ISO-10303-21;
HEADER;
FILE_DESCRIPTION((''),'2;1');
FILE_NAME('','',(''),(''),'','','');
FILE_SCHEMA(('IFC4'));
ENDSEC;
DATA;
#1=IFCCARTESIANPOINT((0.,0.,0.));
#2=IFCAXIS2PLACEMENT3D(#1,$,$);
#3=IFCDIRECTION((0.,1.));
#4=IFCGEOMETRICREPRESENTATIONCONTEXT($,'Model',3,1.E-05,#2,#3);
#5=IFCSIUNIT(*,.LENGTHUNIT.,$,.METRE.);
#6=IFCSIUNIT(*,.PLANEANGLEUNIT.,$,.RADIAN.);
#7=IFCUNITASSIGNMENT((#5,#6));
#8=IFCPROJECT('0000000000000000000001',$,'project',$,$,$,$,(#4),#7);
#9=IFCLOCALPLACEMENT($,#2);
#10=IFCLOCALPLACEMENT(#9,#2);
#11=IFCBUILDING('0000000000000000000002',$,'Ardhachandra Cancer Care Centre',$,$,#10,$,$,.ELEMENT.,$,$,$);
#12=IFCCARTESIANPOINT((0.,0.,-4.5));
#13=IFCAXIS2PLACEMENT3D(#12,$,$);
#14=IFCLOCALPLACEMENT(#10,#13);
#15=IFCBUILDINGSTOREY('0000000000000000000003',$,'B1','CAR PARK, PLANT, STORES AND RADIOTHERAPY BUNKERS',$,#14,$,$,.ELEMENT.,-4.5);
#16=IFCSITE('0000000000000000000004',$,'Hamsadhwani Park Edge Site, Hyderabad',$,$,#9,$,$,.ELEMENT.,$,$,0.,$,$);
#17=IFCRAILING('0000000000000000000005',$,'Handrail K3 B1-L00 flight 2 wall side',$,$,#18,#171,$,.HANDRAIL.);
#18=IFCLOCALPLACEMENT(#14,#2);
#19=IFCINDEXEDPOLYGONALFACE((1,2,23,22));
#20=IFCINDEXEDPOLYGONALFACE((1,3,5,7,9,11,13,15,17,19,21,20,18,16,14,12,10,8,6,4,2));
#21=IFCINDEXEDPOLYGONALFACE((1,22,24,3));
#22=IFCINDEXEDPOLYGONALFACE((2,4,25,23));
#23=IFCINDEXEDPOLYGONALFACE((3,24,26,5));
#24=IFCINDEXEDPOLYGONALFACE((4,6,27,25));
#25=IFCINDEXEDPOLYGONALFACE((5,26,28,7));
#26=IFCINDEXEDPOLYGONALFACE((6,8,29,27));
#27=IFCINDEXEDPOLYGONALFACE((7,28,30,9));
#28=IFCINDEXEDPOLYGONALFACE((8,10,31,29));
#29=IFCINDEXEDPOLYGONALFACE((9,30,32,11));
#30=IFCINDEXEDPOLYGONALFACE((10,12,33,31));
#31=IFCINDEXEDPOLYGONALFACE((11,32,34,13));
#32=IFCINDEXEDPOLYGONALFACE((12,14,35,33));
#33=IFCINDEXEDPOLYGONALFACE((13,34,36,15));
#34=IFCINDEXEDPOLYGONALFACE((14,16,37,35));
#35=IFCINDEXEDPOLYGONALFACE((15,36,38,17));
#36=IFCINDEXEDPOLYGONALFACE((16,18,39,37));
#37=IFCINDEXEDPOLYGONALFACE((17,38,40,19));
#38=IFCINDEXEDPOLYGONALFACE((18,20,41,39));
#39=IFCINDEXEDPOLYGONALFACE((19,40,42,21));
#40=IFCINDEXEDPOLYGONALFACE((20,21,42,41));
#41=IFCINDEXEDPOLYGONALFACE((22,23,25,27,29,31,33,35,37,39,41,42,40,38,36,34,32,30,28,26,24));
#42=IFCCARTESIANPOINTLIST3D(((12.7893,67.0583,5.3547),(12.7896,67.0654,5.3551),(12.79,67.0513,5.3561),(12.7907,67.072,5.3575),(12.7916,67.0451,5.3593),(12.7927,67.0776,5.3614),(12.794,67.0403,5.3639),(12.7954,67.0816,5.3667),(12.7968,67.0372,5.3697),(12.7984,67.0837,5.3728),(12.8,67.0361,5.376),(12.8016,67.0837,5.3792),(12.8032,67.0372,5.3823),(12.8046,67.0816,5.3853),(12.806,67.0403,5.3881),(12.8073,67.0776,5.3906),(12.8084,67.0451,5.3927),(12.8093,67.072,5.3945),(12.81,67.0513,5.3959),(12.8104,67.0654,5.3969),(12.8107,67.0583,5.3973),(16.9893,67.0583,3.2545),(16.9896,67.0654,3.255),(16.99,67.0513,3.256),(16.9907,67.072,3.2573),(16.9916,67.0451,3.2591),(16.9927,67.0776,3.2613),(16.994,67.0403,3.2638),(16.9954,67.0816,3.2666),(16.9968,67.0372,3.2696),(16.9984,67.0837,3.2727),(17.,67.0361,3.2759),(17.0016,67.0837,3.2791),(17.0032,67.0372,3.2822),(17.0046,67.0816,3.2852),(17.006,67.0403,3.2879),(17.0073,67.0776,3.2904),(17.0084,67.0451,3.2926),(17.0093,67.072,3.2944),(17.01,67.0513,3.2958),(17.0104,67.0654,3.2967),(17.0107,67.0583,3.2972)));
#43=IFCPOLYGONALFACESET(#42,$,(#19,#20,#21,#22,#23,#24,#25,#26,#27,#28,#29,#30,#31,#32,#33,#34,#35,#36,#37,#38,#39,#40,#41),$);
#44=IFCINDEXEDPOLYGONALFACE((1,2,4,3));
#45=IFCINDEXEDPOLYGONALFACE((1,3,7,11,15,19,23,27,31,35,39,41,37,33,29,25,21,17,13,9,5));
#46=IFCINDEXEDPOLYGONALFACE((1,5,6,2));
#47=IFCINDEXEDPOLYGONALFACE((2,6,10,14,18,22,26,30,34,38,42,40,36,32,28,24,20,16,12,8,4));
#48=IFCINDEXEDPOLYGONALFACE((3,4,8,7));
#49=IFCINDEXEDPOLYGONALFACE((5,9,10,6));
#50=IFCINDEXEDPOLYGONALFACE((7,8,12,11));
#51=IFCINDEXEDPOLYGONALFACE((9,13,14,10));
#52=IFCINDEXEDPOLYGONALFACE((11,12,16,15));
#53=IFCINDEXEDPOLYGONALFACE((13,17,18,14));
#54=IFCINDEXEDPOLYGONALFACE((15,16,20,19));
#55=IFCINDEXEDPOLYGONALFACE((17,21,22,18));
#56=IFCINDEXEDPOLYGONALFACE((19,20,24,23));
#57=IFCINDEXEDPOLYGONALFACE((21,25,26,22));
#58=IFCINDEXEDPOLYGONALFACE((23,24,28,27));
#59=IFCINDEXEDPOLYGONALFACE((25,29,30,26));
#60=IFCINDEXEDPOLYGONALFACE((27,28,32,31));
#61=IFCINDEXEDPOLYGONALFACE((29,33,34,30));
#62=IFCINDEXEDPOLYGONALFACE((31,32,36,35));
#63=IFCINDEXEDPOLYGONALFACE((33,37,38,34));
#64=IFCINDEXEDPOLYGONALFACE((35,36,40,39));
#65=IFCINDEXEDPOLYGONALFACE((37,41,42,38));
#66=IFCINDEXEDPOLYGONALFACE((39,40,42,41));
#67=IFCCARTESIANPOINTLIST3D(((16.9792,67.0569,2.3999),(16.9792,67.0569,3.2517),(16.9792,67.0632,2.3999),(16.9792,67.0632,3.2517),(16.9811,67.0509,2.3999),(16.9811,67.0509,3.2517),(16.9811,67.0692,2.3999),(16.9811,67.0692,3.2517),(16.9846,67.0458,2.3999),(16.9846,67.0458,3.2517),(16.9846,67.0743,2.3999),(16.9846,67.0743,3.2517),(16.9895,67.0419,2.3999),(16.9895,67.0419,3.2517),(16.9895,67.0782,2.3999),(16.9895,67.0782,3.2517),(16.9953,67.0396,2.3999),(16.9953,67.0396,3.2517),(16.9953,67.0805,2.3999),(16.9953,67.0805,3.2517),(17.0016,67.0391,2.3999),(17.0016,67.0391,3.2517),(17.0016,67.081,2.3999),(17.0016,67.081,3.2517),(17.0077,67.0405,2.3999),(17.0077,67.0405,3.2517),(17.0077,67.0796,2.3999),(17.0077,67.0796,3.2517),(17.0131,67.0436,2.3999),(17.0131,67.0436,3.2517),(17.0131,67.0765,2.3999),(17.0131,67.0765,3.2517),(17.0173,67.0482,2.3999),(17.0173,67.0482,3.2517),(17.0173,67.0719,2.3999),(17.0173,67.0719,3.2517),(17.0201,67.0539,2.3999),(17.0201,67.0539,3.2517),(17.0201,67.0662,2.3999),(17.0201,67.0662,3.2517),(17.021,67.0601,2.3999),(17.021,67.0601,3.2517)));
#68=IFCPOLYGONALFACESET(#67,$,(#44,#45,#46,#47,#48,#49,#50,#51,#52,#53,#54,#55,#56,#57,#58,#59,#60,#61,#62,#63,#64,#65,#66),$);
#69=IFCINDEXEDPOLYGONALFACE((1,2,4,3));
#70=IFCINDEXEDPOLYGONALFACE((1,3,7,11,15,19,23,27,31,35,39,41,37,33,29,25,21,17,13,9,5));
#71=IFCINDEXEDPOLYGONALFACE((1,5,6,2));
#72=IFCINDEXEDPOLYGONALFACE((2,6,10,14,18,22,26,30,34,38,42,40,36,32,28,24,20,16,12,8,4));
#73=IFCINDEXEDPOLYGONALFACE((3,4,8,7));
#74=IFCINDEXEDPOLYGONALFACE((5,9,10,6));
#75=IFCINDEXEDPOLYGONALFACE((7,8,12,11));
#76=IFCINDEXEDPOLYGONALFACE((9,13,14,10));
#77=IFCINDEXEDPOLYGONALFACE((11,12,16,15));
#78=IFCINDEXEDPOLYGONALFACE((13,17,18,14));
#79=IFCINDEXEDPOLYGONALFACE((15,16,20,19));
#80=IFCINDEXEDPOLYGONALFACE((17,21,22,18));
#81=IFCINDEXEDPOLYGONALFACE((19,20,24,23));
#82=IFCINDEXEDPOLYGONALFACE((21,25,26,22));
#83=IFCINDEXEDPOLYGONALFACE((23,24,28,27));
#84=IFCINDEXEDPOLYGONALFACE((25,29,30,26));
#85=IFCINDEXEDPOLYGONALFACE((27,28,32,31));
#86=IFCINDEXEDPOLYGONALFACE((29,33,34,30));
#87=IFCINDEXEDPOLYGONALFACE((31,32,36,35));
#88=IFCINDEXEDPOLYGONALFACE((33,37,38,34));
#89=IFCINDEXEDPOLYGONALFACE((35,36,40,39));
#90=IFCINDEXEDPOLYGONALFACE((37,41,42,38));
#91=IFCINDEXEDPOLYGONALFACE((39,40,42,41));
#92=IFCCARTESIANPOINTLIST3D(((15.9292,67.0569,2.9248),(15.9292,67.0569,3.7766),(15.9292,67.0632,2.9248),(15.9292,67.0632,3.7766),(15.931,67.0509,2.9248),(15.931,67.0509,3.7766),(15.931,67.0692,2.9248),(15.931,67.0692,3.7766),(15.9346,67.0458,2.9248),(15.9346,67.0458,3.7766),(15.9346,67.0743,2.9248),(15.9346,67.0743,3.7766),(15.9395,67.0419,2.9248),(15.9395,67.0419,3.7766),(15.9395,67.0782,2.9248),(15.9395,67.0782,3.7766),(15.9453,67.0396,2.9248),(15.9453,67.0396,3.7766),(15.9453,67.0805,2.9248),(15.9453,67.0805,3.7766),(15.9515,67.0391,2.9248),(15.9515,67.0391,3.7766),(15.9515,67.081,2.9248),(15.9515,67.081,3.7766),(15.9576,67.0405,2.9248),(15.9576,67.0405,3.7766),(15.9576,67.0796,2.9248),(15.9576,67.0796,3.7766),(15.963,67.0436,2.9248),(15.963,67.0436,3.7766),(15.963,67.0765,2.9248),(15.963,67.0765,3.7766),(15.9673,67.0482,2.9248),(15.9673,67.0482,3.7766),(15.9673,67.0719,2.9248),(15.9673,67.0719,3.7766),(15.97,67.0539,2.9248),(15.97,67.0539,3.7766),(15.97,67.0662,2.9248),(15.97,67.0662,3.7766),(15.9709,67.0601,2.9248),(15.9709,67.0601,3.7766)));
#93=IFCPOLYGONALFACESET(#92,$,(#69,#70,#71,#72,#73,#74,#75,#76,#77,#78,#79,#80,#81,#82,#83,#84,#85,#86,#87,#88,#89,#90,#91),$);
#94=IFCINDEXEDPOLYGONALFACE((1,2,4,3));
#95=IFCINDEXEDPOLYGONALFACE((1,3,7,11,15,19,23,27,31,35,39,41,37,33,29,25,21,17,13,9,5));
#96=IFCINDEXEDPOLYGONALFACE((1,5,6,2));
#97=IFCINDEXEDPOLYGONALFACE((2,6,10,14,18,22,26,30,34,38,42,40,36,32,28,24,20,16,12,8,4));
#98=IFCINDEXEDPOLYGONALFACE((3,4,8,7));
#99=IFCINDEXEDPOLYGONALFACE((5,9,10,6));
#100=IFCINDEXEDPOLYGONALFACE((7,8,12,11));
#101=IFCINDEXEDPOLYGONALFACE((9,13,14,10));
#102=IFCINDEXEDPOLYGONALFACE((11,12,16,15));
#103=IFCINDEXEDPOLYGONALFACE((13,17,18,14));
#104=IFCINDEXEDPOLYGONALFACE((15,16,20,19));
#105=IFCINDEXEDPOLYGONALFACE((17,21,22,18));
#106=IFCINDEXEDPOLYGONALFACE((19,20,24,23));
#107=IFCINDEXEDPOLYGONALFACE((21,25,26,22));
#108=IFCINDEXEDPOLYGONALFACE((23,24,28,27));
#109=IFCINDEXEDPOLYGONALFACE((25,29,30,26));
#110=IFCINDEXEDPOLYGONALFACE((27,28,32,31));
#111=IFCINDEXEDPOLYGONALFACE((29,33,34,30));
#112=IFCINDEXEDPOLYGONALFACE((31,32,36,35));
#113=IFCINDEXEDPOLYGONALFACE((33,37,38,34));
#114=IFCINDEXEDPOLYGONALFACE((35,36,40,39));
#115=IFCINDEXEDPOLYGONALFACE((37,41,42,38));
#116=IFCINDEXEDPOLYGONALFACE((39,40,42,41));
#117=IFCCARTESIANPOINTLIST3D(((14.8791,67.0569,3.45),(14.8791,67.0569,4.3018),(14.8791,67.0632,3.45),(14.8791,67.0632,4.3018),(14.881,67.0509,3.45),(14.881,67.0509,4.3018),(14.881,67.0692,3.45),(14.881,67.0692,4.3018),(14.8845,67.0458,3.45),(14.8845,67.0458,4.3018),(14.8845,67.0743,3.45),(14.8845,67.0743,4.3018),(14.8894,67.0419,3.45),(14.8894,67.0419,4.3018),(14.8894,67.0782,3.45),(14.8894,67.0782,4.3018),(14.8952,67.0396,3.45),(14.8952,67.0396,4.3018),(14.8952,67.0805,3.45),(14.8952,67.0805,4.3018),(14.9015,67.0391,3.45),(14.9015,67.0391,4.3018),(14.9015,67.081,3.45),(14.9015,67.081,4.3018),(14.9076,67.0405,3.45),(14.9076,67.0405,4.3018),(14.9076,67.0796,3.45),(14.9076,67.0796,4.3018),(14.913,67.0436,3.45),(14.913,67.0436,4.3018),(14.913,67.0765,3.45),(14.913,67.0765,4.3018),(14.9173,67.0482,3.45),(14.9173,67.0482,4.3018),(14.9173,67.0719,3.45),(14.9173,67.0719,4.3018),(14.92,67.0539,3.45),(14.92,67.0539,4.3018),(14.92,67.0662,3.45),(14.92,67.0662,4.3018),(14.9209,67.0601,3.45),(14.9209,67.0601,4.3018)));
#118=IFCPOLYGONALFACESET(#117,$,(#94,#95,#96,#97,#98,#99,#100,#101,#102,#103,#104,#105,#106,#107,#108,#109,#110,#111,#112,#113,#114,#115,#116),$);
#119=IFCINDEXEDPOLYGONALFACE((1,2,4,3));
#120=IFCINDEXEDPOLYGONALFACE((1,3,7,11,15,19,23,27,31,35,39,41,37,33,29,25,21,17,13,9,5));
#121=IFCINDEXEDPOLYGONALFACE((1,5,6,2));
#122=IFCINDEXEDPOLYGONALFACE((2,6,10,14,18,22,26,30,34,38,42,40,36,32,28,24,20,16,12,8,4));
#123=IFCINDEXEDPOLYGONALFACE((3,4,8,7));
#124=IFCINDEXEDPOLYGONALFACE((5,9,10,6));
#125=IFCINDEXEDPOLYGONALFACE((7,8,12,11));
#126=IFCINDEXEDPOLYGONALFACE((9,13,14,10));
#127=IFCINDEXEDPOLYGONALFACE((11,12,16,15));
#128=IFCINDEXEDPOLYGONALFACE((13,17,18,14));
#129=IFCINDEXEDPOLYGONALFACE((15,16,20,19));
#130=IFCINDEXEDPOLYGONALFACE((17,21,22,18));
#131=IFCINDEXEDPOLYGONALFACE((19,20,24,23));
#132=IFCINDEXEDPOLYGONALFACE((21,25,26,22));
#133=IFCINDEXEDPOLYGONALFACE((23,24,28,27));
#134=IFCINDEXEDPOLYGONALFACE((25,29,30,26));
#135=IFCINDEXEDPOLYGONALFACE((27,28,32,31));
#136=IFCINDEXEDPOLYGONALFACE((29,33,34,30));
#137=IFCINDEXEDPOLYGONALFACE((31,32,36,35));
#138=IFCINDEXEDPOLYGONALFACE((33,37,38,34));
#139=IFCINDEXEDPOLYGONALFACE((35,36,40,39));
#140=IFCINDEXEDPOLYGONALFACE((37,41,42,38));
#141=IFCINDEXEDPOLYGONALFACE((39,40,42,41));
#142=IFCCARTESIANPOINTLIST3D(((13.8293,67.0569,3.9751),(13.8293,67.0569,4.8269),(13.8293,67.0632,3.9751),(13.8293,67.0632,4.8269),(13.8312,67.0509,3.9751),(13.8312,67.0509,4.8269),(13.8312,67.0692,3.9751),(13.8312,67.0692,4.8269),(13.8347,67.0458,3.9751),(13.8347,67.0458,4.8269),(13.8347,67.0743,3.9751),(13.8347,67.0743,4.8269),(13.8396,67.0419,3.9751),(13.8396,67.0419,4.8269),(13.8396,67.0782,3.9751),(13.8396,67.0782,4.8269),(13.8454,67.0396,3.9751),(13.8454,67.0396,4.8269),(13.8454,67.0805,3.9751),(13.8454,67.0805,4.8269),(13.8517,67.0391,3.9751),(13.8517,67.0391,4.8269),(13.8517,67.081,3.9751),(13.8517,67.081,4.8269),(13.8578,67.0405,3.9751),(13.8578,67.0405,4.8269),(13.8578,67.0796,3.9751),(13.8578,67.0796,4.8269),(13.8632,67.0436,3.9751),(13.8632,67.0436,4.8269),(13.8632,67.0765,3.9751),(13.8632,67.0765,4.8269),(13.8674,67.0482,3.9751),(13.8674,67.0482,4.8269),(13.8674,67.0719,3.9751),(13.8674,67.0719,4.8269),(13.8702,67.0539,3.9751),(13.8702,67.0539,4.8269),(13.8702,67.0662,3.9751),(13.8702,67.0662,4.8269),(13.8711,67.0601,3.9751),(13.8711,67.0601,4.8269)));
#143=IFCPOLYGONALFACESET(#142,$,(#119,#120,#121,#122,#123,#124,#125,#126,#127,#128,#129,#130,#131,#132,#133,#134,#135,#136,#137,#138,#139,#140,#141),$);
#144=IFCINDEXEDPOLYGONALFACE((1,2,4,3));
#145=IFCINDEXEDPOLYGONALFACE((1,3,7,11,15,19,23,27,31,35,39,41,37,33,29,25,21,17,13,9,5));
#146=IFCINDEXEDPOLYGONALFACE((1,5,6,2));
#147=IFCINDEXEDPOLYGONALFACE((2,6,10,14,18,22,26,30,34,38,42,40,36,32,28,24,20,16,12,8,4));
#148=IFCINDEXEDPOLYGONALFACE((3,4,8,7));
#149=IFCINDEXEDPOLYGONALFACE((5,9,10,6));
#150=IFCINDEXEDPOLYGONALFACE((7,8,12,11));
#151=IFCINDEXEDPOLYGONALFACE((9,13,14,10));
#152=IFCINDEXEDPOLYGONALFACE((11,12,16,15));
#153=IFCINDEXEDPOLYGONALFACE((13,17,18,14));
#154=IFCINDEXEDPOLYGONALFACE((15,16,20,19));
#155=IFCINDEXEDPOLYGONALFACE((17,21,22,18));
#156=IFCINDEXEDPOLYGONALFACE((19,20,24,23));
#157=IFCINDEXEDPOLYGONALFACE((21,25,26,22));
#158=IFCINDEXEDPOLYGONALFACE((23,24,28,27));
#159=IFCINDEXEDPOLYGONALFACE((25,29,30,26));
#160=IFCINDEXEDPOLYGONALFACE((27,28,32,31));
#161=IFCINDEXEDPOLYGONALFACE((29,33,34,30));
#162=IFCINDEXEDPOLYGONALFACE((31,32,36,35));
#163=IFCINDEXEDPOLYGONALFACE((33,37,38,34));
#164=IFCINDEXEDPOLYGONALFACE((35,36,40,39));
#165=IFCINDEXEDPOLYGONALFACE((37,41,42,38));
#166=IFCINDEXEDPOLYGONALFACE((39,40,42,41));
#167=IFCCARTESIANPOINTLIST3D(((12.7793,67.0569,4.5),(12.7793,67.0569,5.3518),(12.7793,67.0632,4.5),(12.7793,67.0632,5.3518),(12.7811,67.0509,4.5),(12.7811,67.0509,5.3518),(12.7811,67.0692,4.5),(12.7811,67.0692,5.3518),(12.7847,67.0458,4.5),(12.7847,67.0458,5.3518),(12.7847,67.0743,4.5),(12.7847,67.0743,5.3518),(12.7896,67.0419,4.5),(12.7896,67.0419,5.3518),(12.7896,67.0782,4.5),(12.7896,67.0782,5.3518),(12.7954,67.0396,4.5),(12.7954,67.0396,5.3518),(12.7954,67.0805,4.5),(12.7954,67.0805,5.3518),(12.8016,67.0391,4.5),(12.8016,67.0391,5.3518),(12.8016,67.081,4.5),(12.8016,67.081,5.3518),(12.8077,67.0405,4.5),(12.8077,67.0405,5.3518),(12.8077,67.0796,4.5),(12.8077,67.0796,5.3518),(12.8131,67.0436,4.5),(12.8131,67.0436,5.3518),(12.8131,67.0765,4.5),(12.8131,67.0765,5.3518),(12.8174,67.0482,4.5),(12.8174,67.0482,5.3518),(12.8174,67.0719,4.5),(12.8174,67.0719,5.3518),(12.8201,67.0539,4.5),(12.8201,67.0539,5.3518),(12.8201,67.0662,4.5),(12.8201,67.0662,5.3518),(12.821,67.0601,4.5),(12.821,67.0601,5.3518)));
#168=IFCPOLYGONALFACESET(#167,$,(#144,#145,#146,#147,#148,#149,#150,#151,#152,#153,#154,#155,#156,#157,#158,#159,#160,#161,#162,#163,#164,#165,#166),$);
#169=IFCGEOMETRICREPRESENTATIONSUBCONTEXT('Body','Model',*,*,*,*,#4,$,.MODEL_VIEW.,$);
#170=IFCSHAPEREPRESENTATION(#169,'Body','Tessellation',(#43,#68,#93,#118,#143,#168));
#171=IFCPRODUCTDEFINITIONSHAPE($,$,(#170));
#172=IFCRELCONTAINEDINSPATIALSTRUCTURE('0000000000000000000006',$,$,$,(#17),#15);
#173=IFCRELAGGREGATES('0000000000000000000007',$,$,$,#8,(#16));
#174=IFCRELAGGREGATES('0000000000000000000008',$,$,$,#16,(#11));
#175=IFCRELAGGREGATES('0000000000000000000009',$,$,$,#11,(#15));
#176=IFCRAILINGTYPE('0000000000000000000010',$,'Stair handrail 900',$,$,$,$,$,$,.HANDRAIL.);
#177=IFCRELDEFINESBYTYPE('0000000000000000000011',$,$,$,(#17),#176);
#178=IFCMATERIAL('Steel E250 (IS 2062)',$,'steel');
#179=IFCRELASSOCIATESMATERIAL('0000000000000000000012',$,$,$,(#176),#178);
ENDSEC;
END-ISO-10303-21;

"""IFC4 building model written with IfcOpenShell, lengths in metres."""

from ifc_helpers import new_model, si_unit, direction, frame, origin, origin_2d, place, context, subcontext, project, spatial, circle, extrude, material, type_object, element, save


model = new_model("IFC4")

# Units and contexts
model_context = context("Model", 3, precision=1e-05, world=origin(), true_north=direction((0.0, 1.0)))
body_context = subcontext(model_context, "Body", "Model", "MODEL_VIEW")
ifc_project = project(units=[si_unit("LENGTHUNIT", "METRE"), si_unit("PLANEANGLEUNIT", "RADIAN")], contexts=[model_context])

# Site, building, storey
site_placement = place(None, origin())
site = spatial("IfcSite", under=ifc_project, at=site_placement, Name="Hamsadhwani Park Edge Site, Hyderabad", CompositionType="ELEMENT", RefElevation=0.0)
building_placement = place(site_placement, origin())
building = spatial("IfcBuilding", under=site, at=building_placement, Name="Ardhachandra Cancer Care Centre", CompositionType="ELEMENT")
storey_placement = place(building_placement, frame((0.0, 0.0, -4.5)))
storey = spatial("IfcBuildingStorey", under=building, at=storey_placement, Name="B1", Description="CAR PARK, PLANT, STORES AND RADIOTHERAPY BUNKERS", CompositionType="ELEMENT", Elevation=-4.5)

# Railing
ifc_material_1 = material(Name="Steel E250 (IS 2062)", Category="steel")
railing_type = type_object("IfcRailingType", Name="Stair handrail 900", PredefinedType="HANDRAIL", material=ifc_material_1)
for number, where, name in (
    (1, (17.0, 67.0601, 2.3999), "Handrail K3 B1-L00 flight 2 wall side"),
):
    element("IfcRailing", number, at=place(storey_placement, frame(where)), inside=storey, type_object=railing_type, Name=name, PredefinedType="HANDRAIL", context=body_context, shape_type="SweptSolid", body=[
        extrude(circle(Radius=0.0239, at=origin_2d()), frame((0.0, 0.0, 0.876), z_axis=(-0.894417, 0.0, 0.447234), x_axis=(0.0, -1.0, 0.0)), (0.0, 0.0, 1.0), 4.6958),
        extrude(circle(Radius=0.021, at=origin_2d()), origin(), (0.0, 0.0, 1.0), 0.8518),
        extrude(circle(Radius=0.021, at=origin_2d()), frame((-1.05, 0.0, 0.5249)), (0.0, 0.0, 1.0), 0.8518),
        extrude(circle(Radius=0.021, at=origin_2d()), frame((-2.1001, 0.0, 1.05)), (0.0, 0.0, 1.0), 0.8518),
        extrude(circle(Radius=0.021, at=origin_2d()), frame((-3.1499, 0.0, 1.5752)), (0.0, 0.0, 1.0), 0.8518),
        extrude(circle(Radius=0.021, at=origin_2d()), frame((-4.2, 0.0, 2.1001)), (0.0, 0.0, 1.0), 0.8518),
    ])

save(model, "model.ifc")
